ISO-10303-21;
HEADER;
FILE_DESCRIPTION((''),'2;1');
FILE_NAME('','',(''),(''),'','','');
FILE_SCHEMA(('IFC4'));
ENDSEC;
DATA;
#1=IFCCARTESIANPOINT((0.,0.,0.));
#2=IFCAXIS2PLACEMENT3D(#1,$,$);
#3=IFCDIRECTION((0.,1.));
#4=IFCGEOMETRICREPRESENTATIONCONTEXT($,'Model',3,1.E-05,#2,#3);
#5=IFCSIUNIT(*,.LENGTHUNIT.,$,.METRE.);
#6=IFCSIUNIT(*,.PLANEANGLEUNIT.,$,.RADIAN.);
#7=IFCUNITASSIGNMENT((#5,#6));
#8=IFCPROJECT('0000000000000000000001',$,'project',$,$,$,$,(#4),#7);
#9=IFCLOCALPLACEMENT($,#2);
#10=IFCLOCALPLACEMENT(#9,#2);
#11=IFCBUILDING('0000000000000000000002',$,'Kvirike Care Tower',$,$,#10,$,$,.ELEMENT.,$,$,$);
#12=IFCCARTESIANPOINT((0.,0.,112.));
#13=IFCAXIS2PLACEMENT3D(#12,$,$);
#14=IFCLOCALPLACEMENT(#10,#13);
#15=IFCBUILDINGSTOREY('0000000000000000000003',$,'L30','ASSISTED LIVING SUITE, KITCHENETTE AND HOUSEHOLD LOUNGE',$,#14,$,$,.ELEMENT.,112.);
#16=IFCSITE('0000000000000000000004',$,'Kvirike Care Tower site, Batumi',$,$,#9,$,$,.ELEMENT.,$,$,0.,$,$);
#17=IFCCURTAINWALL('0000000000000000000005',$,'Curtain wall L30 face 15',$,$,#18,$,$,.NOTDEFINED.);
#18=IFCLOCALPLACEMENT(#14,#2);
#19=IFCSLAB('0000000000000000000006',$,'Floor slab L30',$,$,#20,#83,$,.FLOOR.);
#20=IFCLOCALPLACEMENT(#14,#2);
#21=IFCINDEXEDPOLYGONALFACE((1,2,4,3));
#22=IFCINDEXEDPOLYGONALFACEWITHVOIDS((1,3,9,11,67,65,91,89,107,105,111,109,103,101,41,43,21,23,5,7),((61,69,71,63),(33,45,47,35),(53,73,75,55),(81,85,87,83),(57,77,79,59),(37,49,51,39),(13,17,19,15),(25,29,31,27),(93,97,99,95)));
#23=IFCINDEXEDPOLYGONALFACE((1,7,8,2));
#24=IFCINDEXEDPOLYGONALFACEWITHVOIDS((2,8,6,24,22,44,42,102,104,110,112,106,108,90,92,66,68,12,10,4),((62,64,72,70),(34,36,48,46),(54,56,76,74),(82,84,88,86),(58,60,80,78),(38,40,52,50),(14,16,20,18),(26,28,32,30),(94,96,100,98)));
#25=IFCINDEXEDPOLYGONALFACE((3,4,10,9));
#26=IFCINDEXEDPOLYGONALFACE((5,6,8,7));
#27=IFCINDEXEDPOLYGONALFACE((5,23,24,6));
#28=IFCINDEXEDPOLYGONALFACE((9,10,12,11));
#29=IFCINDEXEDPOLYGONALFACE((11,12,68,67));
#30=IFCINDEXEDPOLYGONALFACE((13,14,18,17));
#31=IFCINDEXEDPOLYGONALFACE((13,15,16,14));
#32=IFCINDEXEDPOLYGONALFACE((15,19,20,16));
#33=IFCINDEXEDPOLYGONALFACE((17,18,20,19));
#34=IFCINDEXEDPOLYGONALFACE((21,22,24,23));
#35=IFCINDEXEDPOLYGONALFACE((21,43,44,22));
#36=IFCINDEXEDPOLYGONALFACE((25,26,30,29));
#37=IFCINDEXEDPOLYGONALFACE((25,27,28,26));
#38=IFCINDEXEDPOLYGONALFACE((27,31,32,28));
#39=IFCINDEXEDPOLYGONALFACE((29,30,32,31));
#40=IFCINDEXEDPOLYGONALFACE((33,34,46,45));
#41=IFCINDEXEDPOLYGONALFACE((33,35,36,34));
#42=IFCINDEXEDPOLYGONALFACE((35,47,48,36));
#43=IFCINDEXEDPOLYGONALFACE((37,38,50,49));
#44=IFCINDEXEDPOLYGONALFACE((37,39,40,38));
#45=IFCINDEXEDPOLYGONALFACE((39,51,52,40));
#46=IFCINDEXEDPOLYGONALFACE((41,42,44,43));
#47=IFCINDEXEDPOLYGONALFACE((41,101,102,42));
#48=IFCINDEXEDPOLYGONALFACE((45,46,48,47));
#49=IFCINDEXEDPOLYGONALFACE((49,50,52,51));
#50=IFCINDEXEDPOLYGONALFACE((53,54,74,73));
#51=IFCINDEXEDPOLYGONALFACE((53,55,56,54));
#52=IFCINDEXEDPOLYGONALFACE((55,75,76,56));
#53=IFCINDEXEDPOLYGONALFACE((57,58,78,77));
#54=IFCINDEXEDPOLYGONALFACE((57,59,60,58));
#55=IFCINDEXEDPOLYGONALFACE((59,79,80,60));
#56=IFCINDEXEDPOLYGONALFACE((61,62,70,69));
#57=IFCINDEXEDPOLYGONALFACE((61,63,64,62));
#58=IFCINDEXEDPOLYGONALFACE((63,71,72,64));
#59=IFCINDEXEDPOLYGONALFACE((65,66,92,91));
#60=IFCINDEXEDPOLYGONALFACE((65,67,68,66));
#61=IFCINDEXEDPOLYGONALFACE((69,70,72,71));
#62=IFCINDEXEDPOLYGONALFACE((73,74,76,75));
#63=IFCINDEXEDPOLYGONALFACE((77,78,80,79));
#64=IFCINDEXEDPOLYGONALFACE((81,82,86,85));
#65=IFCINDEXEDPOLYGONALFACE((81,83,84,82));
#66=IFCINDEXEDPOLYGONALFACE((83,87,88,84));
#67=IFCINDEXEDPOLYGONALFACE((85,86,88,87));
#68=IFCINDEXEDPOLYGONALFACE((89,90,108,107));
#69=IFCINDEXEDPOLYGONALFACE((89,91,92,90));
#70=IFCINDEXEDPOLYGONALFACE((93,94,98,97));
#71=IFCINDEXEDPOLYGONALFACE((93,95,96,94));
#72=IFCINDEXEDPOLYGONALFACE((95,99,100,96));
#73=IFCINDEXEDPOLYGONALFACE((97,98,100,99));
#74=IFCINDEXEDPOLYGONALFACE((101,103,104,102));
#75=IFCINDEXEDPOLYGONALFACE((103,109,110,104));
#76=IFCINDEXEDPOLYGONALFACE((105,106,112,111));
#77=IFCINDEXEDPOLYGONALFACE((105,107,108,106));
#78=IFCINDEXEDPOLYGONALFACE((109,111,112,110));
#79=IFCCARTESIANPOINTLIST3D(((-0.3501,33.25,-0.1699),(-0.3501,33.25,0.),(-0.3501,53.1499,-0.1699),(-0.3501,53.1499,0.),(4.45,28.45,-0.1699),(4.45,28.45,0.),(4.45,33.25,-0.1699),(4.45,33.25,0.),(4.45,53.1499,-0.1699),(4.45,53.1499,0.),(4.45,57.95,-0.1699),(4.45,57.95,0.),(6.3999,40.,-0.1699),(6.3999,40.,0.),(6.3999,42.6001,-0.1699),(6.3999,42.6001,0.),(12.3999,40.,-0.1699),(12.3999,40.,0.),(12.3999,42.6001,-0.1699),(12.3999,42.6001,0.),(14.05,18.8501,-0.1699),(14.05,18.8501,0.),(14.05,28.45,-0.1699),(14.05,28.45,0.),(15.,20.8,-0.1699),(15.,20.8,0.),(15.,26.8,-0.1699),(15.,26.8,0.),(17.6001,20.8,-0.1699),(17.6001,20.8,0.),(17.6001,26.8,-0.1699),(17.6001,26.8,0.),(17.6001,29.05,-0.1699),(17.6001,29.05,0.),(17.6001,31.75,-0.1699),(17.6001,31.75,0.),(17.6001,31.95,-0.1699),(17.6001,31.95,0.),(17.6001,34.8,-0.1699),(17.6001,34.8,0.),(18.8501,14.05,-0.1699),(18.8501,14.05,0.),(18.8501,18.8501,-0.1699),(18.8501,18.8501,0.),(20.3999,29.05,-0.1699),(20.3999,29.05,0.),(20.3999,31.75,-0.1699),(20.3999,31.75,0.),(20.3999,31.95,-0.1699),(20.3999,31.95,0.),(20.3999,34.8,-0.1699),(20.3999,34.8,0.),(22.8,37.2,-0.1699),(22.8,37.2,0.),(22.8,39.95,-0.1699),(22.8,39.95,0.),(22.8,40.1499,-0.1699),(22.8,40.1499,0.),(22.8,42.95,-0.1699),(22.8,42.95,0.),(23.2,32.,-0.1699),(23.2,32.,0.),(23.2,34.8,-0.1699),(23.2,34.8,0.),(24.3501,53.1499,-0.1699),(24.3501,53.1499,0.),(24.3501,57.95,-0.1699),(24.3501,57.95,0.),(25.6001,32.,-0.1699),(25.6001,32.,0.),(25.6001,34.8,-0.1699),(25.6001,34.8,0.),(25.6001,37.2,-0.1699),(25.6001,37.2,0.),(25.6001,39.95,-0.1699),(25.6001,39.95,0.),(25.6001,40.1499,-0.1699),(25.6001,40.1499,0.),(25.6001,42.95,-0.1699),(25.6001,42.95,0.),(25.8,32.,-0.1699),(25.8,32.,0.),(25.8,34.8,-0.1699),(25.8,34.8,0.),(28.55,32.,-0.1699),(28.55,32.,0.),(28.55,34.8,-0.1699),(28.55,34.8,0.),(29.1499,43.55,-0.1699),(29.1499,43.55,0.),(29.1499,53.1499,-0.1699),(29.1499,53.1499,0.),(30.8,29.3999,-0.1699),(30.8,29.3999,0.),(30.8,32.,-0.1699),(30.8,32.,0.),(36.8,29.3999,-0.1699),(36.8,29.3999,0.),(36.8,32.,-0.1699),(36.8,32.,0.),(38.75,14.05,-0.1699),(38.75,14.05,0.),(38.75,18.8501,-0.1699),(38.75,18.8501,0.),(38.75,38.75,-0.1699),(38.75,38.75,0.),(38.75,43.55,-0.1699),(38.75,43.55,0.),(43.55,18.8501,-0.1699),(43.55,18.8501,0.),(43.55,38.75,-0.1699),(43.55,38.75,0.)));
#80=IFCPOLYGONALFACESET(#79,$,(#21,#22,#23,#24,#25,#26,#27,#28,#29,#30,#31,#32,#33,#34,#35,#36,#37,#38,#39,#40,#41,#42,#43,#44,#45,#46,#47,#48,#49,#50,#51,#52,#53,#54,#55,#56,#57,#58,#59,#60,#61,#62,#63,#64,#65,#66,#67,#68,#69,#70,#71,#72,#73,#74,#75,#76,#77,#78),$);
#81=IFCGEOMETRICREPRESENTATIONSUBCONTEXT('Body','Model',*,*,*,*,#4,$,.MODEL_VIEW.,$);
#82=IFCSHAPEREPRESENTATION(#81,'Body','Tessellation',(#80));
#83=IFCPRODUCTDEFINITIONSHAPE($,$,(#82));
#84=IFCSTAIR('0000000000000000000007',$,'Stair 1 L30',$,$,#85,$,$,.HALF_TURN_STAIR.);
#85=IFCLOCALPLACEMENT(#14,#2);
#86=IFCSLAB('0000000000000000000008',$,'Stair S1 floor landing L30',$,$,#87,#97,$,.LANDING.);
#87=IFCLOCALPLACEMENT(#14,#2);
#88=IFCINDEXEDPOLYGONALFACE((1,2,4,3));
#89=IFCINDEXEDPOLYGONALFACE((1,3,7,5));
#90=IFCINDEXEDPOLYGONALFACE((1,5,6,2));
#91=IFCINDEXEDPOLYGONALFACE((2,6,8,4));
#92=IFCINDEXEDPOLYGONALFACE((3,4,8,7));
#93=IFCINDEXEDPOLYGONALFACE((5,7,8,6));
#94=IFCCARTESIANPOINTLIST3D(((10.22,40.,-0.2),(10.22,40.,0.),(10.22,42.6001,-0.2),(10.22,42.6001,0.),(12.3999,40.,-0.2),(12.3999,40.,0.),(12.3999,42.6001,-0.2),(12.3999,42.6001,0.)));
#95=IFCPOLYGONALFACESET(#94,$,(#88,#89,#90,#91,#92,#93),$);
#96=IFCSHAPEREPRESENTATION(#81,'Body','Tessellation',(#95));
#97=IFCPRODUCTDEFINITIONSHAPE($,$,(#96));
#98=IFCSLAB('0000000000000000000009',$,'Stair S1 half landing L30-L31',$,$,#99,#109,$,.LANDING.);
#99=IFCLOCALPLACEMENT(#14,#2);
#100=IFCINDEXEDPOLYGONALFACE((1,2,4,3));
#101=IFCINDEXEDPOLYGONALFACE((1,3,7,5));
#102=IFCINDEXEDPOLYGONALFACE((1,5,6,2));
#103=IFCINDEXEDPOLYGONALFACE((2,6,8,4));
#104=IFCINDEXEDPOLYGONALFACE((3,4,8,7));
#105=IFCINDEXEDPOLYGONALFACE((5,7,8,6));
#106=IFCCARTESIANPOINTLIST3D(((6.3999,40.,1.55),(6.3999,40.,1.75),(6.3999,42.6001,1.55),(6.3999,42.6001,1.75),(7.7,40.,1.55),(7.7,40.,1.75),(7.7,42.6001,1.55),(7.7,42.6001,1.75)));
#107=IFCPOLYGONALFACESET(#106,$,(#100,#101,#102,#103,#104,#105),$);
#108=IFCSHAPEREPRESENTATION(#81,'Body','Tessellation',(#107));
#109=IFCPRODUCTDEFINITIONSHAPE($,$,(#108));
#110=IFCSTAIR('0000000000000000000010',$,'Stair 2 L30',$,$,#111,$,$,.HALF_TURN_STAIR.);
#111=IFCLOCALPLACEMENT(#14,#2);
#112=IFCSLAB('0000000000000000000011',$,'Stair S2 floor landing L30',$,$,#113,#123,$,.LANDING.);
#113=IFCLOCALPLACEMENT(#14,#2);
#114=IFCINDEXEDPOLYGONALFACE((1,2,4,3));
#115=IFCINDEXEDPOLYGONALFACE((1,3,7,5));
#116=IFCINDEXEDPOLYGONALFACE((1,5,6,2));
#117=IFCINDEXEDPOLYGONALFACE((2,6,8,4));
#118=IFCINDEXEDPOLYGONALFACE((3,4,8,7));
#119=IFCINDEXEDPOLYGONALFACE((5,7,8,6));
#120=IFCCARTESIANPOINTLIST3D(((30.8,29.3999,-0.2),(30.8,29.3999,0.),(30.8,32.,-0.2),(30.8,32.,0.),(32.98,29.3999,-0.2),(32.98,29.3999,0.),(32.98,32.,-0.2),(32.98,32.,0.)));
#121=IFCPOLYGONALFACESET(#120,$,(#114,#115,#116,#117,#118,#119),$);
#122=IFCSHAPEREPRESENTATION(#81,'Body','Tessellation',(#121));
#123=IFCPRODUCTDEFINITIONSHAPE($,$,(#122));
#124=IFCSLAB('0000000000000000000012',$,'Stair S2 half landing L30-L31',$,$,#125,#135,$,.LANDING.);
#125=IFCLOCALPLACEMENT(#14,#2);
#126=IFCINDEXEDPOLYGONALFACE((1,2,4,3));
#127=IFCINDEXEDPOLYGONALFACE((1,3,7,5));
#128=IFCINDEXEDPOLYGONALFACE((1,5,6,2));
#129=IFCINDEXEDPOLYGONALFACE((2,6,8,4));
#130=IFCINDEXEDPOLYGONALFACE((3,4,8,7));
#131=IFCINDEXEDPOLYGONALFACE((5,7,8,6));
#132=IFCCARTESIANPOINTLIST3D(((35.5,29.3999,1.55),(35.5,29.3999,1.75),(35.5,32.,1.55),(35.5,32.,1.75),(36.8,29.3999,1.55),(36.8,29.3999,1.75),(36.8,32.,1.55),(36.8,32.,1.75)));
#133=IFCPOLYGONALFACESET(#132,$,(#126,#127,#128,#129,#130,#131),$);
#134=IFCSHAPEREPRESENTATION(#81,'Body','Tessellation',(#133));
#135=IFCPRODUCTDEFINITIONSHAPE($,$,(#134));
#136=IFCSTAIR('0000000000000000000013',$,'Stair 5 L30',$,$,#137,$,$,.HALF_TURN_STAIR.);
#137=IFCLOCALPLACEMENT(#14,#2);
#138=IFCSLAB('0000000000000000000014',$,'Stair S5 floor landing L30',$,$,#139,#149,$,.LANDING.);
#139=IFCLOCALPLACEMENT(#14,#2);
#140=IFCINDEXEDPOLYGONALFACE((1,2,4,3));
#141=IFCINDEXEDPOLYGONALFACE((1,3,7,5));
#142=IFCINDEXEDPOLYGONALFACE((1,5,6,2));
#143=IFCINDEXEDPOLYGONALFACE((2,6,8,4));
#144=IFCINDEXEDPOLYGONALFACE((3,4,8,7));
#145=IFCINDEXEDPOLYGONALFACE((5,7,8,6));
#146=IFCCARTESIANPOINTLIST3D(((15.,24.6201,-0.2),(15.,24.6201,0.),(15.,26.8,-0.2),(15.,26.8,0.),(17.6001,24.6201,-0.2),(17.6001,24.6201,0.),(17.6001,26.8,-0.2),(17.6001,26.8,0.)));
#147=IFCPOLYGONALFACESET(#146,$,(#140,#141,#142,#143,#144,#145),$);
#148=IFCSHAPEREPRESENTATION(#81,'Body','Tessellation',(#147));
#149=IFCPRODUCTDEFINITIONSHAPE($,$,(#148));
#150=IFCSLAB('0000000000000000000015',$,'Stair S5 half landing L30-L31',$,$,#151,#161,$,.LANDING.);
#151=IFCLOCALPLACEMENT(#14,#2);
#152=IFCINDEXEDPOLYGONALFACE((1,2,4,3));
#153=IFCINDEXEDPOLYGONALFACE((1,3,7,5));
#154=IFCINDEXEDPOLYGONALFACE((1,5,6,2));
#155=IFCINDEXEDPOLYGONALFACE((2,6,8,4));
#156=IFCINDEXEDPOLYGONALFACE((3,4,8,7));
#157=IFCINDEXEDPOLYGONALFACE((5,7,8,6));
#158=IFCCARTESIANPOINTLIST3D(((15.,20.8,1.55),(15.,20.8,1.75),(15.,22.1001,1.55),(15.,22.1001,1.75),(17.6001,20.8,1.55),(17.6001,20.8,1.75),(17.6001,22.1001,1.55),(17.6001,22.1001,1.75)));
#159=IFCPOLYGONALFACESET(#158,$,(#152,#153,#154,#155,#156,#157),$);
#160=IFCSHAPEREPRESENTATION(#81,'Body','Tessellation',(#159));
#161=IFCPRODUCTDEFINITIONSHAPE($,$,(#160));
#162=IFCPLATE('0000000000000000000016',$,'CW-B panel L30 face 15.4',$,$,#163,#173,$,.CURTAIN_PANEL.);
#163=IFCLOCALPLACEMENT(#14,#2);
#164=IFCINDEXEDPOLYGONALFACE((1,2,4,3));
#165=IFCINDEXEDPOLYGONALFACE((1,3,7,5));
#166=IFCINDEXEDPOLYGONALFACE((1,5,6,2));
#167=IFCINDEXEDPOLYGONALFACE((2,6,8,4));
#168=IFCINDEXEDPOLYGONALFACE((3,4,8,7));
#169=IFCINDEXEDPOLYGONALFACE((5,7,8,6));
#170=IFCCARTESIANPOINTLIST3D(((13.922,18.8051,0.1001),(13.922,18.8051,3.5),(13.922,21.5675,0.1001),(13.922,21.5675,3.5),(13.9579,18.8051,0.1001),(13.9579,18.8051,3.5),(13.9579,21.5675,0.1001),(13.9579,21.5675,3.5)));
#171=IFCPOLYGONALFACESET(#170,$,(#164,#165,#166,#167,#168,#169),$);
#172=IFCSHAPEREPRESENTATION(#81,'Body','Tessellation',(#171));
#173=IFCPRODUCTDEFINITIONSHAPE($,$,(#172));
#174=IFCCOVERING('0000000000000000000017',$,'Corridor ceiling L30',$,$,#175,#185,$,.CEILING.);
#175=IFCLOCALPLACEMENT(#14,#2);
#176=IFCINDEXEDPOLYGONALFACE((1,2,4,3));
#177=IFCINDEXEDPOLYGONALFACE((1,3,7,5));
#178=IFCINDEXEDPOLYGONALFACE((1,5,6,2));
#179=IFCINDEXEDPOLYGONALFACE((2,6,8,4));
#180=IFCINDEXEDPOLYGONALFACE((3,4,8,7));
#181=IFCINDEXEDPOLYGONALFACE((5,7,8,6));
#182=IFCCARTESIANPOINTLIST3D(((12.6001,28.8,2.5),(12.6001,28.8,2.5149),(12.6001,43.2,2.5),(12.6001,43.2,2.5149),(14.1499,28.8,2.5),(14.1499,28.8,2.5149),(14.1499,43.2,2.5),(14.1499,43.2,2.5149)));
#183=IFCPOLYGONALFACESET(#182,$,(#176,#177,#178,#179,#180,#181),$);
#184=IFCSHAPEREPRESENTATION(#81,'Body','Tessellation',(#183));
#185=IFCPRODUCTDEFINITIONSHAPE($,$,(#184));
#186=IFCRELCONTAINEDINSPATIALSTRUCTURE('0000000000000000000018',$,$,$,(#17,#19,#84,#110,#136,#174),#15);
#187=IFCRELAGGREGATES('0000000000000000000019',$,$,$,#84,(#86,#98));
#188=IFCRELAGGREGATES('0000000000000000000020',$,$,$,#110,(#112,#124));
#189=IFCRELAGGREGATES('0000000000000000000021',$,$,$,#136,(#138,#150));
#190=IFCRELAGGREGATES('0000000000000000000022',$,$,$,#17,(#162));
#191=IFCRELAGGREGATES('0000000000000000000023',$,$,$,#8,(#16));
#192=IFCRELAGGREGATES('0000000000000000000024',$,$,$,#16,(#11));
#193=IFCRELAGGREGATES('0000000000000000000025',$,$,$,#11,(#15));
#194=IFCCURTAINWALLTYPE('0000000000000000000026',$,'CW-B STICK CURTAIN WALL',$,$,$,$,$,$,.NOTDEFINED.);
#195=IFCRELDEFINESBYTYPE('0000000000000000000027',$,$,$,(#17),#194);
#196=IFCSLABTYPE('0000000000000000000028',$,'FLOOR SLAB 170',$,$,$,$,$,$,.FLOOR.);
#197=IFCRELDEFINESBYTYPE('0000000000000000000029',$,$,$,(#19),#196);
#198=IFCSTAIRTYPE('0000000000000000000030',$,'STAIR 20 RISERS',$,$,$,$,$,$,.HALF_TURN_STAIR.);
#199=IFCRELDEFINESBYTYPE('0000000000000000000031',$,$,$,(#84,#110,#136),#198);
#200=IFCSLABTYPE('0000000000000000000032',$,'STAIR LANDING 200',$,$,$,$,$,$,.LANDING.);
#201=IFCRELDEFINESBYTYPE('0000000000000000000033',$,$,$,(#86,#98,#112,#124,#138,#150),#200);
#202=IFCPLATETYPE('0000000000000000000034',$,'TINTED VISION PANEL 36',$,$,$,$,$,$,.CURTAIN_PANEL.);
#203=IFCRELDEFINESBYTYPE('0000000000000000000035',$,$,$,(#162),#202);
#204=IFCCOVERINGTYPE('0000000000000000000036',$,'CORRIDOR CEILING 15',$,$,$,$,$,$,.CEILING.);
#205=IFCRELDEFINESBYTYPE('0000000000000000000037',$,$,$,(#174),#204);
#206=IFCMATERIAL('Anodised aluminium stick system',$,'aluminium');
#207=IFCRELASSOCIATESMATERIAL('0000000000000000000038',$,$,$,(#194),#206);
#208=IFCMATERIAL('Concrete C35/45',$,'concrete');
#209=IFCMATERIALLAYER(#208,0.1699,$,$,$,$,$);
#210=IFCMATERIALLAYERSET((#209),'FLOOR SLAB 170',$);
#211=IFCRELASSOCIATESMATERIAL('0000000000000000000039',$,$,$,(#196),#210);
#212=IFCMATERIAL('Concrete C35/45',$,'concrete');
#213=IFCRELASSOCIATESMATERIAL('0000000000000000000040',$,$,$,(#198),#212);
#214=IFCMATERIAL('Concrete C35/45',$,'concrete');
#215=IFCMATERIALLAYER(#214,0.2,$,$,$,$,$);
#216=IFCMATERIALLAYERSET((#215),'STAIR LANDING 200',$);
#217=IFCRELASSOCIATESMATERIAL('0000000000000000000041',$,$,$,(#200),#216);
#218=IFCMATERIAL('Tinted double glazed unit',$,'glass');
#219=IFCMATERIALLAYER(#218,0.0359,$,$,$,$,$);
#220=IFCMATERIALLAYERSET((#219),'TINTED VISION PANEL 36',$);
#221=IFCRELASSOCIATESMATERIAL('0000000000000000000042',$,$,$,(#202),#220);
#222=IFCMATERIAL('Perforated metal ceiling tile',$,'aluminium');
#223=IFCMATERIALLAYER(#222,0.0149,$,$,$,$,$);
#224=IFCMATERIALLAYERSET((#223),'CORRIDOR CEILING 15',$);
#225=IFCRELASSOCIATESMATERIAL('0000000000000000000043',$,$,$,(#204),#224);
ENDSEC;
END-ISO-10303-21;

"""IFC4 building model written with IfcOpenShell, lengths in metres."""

from ifc_helpers import new_model, si_unit, direction, frame, origin, origin_2d, place, context, subcontext, project, spatial, polyline, rectangle, outline, extrude, material, layer, layer_set, type_object, element, aggregate, save


model = new_model("IFC4")

# Units and contexts
model_context = context("Model", 3, precision=1e-05, world=origin(), true_north=direction((0.0, 1.0)))
body_context = subcontext(model_context, "Body", "Model", "MODEL_VIEW")
ifc_project = project(units=[si_unit("LENGTHUNIT", "METRE"), si_unit("PLANEANGLEUNIT", "RADIAN")], contexts=[model_context])

# Site, building, storey
site_placement = place(None, origin())
site = spatial("IfcSite", under=ifc_project, at=site_placement, Name="Kvirike Care Tower site, Batumi", CompositionType="ELEMENT", RefElevation=0.0)
building_placement = place(site_placement, origin())
building = spatial("IfcBuilding", under=site, at=building_placement, Name="Kvirike Care Tower", CompositionType="ELEMENT")
storey_placement = place(building_placement, frame((0.0, 0.0, 112.0)))
storey = spatial("IfcBuildingStorey", under=building, at=storey_placement, Name="L30", Description="ASSISTED LIVING SUITE, KITCHENETTE AND HOUSEHOLD LOUNGE", CompositionType="ELEMENT", Elevation=112.0)

# Curtain wall
ifc_material_1 = material(Name="Anodised aluminium stick system", Category="aluminium")
curtain_wall_type = type_object("IfcCurtainWallType", Name="CW-B STICK CURTAIN WALL", PredefinedType="NOTDEFINED", material=ifc_material_1)
curtain_wall_1_placement = place(storey_placement, origin())
curtain_wall_1 = element("IfcCurtainWall", 1, at=curtain_wall_1_placement, inside=storey, type_object=curtain_wall_type, Name="Curtain wall L30 face 15", PredefinedType="NOTDEFINED")

# Slab
ifc_material_2 = material(Name="Concrete C35/45", Category="concrete")
ifc_layer_1 = layer(ifc_material_2, 0.1699)
ifc_layer_set_1 = layer_set([ifc_layer_1], Name="FLOOR SLAB 170")
slab_type_1 = type_object("IfcSlabType", Name="FLOOR SLAB 170", PredefinedType="FLOOR", material=ifc_layer_set_1)
slab_1_placement = place(storey_placement, frame((0.0, 0.0, -0.1699)))
element("IfcSlab", 2, at=slab_1_placement, inside=storey, type_object=slab_type_1, Name="Floor slab L30", PredefinedType="FLOOR", context=body_context, shape_type="SweptSolid", body=[
    extrude(outline(polyline([(43.55, 18.8501), (43.55, 38.75), (38.75, 38.75), (38.75, 43.55), (29.1499, 43.55), (29.1499, 53.1499), (24.3501, 53.1499), (24.3501, 57.95), (4.45, 57.95), (4.45, 53.1499), (-0.3501, 53.1499), (-0.3501, 33.25), (4.45, 33.25), (4.45, 28.45), (14.05, 28.45), (14.05, 18.8501), (18.8501, 18.8501), (18.8501, 14.05), (38.75, 14.05), (38.75, 18.8501), (43.55, 18.8501)]), holes=[polyline([(17.6001, 29.05), (17.6001, 31.75), (20.3999, 31.75), (20.3999, 29.05), (17.6001, 29.05)]), polyline([(17.6001, 31.95), (17.6001, 34.8), (20.3999, 34.8), (20.3999, 31.95), (17.6001, 31.95)]), polyline([(22.8, 37.2), (22.8, 39.95), (25.6001, 39.95), (25.6001, 37.2), (22.8, 37.2)]), polyline([(22.8, 40.1499), (22.8, 42.95), (25.6001, 42.95), (25.6001, 40.1499), (22.8, 40.1499)]), polyline([(23.2, 32.0), (23.2, 34.8), (25.6001, 34.8), (25.6001, 32.0), (23.2, 32.0)]), polyline([(25.8, 32.0), (25.8, 34.8), (28.55, 34.8), (28.55, 32.0), (25.8, 32.0)]), polyline([(12.3999, 42.6001), (12.3999, 40.0), (6.3999, 40.0), (6.3999, 42.6001), (12.3999, 42.6001)]), polyline([(30.8, 29.3999), (30.8, 32.0), (36.8, 32.0), (36.8, 29.3999), (30.8, 29.3999)]), polyline([(15.0, 26.8), (17.6001, 26.8), (17.6001, 20.8), (15.0, 20.8), (15.0, 26.8)])]), origin(), (0.0, 0.0, 1.0), 0.1699),
])

# Stairs, slabs
ifc_material_3 = material(Name="Concrete C35/45", Category="concrete")
stair_type = type_object("IfcStairType", Name="STAIR 20 RISERS", PredefinedType="HALF_TURN_STAIR", material=ifc_material_3)
stair_1_placement = place(storey_placement, origin())
stair_1 = element("IfcStair", 3, at=stair_1_placement, inside=storey, type_object=stair_type, Name="Stair 1 L30", PredefinedType="HALF_TURN_STAIR")
ifc_material_4 = material(Name="Concrete C35/45", Category="concrete")
ifc_layer_2 = layer(ifc_material_4, 0.2)
ifc_layer_set_2 = layer_set([ifc_layer_2], Name="STAIR LANDING 200")
slab_type_2 = type_object("IfcSlabType", Name="STAIR LANDING 200", PredefinedType="LANDING", material=ifc_layer_set_2)
slab_2_placement = place(storey_placement, frame((0.0, 0.0, -0.2)))
slab_2 = element("IfcSlab", 4, at=slab_2_placement, type_object=slab_type_2, Name="Stair S1 floor landing L30", PredefinedType="LANDING", context=body_context, shape_type="SweptSolid", body=[
    extrude(outline(polyline([(10.22, 42.6001), (10.22, 40.0), (12.3999, 40.0), (12.3999, 42.6001), (10.22, 42.6001)])), origin(), (0.0, 0.0, 1.0), 0.2),
])
slab_3_placement = place(storey_placement, frame((0.0, 0.0, 1.55)))
slab_3 = element("IfcSlab", 5, at=slab_3_placement, type_object=slab_type_2, Name="Stair S1 half landing L30-L31", PredefinedType="LANDING", context=body_context, shape_type="SweptSolid", body=[
    extrude(outline(polyline([(6.3999, 42.6001), (6.3999, 40.0), (7.7, 40.0), (7.7, 42.6001), (6.3999, 42.6001)])), origin(), (0.0, 0.0, 1.0), 0.2),
])
aggregate(stair_1, [slab_2, slab_3])
stair_2_placement = place(storey_placement, origin())
stair_2 = element("IfcStair", 6, at=stair_2_placement, inside=storey, type_object=stair_type, Name="Stair 2 L30", PredefinedType="HALF_TURN_STAIR")
slab_4_placement = place(storey_placement, frame((0.0, 0.0, -0.2)))
slab_4 = element("IfcSlab", 7, at=slab_4_placement, type_object=slab_type_2, Name="Stair S2 floor landing L30", PredefinedType="LANDING", context=body_context, shape_type="SweptSolid", body=[
    extrude(outline(polyline([(32.98, 29.3999), (32.98, 32.0), (30.8, 32.0), (30.8, 29.3999), (32.98, 29.3999)])), origin(), (0.0, 0.0, 1.0), 0.2),
])
slab_5_placement = place(storey_placement, frame((0.0, 0.0, 1.55)))
slab_5 = element("IfcSlab", 8, at=slab_5_placement, type_object=slab_type_2, Name="Stair S2 half landing L30-L31", PredefinedType="LANDING", context=body_context, shape_type="SweptSolid", body=[
    extrude(outline(polyline([(36.8, 29.3999), (36.8, 32.0), (35.5, 32.0), (35.5, 29.3999), (36.8, 29.3999)])), origin(), (0.0, 0.0, 1.0), 0.2),
])
aggregate(stair_2, [slab_4, slab_5])
stair_3_placement = place(storey_placement, origin())
stair_3 = element("IfcStair", 9, at=stair_3_placement, inside=storey, type_object=stair_type, Name="Stair 5 L30", PredefinedType="HALF_TURN_STAIR")
slab_6_placement = place(storey_placement, frame((0.0, 0.0, -0.2)))
slab_6 = element("IfcSlab", 10, at=slab_6_placement, type_object=slab_type_2, Name="Stair S5 floor landing L30", PredefinedType="LANDING", context=body_context, shape_type="SweptSolid", body=[
    extrude(outline(polyline([(15.0, 24.6201), (17.6001, 24.6201), (17.6001, 26.8), (15.0, 26.8), (15.0, 24.6201)])), origin(), (0.0, 0.0, 1.0), 0.2),
])
slab_7_placement = place(storey_placement, frame((0.0, 0.0, 1.55)))
slab_7 = element("IfcSlab", 11, at=slab_7_placement, type_object=slab_type_2, Name="Stair S5 half landing L30-L31", PredefinedType="LANDING", context=body_context, shape_type="SweptSolid", body=[
    extrude(outline(polyline([(15.0, 20.8), (17.6001, 20.8), (17.6001, 22.1001), (15.0, 22.1001), (15.0, 20.8)])), origin(), (0.0, 0.0, 1.0), 0.2),
])
aggregate(stair_3, [slab_6, slab_7])

# Plate
ifc_material_5 = material(Name="Tinted double glazed unit", Category="glass")
ifc_layer_3 = layer(ifc_material_5, 0.0359)
ifc_layer_set_3 = layer_set([ifc_layer_3], Name="TINTED VISION PANEL 36")
plate_type = type_object("IfcPlateType", Name="TINTED VISION PANEL 36", PredefinedType="CURTAIN_PANEL", material=ifc_layer_set_3)
plate_placement = place(storey_placement, frame((13.9399, 20.1863, 0.1001), z_axis=(0.0, 0.0, 1.0), x_axis=(0.0, -1.0, 0.0)))
plate = element("IfcPlate", 12, at=plate_placement, type_object=plate_type, Name="CW-B panel L30 face 15.4", PredefinedType="CURTAIN_PANEL", context=body_context, shape_type="SweptSolid", body=[
    extrude(rectangle(XDim=2.7625, YDim=0.0359, at=origin_2d()), origin(), (0.0, 0.0, 1.0), 3.3999),
])
aggregate(curtain_wall_1, [plate])

# Covering
ifc_material_6 = material(Name="Perforated metal ceiling tile", Category="aluminium")
ifc_layer_4 = layer(ifc_material_6, 0.0149)
ifc_layer_set_4 = layer_set([ifc_layer_4], Name="CORRIDOR CEILING 15")
covering_type_1 = type_object("IfcCoveringType", Name="CORRIDOR CEILING 15", PredefinedType="CEILING", material=ifc_layer_set_4)
covering_1_placement = place(storey_placement, frame((0.0, 0.0, 2.5)))
element("IfcCovering", 13, at=covering_1_placement, inside=storey, type_object=covering_type_1, Name="Corridor ceiling L30", PredefinedType="CEILING", context=body_context, shape_type="SweptSolid", body=[
    extrude(outline(polyline([(12.6001, 43.2), (14.1499, 43.2), (14.1499, 28.8), (12.6001, 28.8), (12.6001, 43.2)])), origin(), (0.0, 0.0, 1.0), 0.0149),
])

save(model, "model.ifc")
